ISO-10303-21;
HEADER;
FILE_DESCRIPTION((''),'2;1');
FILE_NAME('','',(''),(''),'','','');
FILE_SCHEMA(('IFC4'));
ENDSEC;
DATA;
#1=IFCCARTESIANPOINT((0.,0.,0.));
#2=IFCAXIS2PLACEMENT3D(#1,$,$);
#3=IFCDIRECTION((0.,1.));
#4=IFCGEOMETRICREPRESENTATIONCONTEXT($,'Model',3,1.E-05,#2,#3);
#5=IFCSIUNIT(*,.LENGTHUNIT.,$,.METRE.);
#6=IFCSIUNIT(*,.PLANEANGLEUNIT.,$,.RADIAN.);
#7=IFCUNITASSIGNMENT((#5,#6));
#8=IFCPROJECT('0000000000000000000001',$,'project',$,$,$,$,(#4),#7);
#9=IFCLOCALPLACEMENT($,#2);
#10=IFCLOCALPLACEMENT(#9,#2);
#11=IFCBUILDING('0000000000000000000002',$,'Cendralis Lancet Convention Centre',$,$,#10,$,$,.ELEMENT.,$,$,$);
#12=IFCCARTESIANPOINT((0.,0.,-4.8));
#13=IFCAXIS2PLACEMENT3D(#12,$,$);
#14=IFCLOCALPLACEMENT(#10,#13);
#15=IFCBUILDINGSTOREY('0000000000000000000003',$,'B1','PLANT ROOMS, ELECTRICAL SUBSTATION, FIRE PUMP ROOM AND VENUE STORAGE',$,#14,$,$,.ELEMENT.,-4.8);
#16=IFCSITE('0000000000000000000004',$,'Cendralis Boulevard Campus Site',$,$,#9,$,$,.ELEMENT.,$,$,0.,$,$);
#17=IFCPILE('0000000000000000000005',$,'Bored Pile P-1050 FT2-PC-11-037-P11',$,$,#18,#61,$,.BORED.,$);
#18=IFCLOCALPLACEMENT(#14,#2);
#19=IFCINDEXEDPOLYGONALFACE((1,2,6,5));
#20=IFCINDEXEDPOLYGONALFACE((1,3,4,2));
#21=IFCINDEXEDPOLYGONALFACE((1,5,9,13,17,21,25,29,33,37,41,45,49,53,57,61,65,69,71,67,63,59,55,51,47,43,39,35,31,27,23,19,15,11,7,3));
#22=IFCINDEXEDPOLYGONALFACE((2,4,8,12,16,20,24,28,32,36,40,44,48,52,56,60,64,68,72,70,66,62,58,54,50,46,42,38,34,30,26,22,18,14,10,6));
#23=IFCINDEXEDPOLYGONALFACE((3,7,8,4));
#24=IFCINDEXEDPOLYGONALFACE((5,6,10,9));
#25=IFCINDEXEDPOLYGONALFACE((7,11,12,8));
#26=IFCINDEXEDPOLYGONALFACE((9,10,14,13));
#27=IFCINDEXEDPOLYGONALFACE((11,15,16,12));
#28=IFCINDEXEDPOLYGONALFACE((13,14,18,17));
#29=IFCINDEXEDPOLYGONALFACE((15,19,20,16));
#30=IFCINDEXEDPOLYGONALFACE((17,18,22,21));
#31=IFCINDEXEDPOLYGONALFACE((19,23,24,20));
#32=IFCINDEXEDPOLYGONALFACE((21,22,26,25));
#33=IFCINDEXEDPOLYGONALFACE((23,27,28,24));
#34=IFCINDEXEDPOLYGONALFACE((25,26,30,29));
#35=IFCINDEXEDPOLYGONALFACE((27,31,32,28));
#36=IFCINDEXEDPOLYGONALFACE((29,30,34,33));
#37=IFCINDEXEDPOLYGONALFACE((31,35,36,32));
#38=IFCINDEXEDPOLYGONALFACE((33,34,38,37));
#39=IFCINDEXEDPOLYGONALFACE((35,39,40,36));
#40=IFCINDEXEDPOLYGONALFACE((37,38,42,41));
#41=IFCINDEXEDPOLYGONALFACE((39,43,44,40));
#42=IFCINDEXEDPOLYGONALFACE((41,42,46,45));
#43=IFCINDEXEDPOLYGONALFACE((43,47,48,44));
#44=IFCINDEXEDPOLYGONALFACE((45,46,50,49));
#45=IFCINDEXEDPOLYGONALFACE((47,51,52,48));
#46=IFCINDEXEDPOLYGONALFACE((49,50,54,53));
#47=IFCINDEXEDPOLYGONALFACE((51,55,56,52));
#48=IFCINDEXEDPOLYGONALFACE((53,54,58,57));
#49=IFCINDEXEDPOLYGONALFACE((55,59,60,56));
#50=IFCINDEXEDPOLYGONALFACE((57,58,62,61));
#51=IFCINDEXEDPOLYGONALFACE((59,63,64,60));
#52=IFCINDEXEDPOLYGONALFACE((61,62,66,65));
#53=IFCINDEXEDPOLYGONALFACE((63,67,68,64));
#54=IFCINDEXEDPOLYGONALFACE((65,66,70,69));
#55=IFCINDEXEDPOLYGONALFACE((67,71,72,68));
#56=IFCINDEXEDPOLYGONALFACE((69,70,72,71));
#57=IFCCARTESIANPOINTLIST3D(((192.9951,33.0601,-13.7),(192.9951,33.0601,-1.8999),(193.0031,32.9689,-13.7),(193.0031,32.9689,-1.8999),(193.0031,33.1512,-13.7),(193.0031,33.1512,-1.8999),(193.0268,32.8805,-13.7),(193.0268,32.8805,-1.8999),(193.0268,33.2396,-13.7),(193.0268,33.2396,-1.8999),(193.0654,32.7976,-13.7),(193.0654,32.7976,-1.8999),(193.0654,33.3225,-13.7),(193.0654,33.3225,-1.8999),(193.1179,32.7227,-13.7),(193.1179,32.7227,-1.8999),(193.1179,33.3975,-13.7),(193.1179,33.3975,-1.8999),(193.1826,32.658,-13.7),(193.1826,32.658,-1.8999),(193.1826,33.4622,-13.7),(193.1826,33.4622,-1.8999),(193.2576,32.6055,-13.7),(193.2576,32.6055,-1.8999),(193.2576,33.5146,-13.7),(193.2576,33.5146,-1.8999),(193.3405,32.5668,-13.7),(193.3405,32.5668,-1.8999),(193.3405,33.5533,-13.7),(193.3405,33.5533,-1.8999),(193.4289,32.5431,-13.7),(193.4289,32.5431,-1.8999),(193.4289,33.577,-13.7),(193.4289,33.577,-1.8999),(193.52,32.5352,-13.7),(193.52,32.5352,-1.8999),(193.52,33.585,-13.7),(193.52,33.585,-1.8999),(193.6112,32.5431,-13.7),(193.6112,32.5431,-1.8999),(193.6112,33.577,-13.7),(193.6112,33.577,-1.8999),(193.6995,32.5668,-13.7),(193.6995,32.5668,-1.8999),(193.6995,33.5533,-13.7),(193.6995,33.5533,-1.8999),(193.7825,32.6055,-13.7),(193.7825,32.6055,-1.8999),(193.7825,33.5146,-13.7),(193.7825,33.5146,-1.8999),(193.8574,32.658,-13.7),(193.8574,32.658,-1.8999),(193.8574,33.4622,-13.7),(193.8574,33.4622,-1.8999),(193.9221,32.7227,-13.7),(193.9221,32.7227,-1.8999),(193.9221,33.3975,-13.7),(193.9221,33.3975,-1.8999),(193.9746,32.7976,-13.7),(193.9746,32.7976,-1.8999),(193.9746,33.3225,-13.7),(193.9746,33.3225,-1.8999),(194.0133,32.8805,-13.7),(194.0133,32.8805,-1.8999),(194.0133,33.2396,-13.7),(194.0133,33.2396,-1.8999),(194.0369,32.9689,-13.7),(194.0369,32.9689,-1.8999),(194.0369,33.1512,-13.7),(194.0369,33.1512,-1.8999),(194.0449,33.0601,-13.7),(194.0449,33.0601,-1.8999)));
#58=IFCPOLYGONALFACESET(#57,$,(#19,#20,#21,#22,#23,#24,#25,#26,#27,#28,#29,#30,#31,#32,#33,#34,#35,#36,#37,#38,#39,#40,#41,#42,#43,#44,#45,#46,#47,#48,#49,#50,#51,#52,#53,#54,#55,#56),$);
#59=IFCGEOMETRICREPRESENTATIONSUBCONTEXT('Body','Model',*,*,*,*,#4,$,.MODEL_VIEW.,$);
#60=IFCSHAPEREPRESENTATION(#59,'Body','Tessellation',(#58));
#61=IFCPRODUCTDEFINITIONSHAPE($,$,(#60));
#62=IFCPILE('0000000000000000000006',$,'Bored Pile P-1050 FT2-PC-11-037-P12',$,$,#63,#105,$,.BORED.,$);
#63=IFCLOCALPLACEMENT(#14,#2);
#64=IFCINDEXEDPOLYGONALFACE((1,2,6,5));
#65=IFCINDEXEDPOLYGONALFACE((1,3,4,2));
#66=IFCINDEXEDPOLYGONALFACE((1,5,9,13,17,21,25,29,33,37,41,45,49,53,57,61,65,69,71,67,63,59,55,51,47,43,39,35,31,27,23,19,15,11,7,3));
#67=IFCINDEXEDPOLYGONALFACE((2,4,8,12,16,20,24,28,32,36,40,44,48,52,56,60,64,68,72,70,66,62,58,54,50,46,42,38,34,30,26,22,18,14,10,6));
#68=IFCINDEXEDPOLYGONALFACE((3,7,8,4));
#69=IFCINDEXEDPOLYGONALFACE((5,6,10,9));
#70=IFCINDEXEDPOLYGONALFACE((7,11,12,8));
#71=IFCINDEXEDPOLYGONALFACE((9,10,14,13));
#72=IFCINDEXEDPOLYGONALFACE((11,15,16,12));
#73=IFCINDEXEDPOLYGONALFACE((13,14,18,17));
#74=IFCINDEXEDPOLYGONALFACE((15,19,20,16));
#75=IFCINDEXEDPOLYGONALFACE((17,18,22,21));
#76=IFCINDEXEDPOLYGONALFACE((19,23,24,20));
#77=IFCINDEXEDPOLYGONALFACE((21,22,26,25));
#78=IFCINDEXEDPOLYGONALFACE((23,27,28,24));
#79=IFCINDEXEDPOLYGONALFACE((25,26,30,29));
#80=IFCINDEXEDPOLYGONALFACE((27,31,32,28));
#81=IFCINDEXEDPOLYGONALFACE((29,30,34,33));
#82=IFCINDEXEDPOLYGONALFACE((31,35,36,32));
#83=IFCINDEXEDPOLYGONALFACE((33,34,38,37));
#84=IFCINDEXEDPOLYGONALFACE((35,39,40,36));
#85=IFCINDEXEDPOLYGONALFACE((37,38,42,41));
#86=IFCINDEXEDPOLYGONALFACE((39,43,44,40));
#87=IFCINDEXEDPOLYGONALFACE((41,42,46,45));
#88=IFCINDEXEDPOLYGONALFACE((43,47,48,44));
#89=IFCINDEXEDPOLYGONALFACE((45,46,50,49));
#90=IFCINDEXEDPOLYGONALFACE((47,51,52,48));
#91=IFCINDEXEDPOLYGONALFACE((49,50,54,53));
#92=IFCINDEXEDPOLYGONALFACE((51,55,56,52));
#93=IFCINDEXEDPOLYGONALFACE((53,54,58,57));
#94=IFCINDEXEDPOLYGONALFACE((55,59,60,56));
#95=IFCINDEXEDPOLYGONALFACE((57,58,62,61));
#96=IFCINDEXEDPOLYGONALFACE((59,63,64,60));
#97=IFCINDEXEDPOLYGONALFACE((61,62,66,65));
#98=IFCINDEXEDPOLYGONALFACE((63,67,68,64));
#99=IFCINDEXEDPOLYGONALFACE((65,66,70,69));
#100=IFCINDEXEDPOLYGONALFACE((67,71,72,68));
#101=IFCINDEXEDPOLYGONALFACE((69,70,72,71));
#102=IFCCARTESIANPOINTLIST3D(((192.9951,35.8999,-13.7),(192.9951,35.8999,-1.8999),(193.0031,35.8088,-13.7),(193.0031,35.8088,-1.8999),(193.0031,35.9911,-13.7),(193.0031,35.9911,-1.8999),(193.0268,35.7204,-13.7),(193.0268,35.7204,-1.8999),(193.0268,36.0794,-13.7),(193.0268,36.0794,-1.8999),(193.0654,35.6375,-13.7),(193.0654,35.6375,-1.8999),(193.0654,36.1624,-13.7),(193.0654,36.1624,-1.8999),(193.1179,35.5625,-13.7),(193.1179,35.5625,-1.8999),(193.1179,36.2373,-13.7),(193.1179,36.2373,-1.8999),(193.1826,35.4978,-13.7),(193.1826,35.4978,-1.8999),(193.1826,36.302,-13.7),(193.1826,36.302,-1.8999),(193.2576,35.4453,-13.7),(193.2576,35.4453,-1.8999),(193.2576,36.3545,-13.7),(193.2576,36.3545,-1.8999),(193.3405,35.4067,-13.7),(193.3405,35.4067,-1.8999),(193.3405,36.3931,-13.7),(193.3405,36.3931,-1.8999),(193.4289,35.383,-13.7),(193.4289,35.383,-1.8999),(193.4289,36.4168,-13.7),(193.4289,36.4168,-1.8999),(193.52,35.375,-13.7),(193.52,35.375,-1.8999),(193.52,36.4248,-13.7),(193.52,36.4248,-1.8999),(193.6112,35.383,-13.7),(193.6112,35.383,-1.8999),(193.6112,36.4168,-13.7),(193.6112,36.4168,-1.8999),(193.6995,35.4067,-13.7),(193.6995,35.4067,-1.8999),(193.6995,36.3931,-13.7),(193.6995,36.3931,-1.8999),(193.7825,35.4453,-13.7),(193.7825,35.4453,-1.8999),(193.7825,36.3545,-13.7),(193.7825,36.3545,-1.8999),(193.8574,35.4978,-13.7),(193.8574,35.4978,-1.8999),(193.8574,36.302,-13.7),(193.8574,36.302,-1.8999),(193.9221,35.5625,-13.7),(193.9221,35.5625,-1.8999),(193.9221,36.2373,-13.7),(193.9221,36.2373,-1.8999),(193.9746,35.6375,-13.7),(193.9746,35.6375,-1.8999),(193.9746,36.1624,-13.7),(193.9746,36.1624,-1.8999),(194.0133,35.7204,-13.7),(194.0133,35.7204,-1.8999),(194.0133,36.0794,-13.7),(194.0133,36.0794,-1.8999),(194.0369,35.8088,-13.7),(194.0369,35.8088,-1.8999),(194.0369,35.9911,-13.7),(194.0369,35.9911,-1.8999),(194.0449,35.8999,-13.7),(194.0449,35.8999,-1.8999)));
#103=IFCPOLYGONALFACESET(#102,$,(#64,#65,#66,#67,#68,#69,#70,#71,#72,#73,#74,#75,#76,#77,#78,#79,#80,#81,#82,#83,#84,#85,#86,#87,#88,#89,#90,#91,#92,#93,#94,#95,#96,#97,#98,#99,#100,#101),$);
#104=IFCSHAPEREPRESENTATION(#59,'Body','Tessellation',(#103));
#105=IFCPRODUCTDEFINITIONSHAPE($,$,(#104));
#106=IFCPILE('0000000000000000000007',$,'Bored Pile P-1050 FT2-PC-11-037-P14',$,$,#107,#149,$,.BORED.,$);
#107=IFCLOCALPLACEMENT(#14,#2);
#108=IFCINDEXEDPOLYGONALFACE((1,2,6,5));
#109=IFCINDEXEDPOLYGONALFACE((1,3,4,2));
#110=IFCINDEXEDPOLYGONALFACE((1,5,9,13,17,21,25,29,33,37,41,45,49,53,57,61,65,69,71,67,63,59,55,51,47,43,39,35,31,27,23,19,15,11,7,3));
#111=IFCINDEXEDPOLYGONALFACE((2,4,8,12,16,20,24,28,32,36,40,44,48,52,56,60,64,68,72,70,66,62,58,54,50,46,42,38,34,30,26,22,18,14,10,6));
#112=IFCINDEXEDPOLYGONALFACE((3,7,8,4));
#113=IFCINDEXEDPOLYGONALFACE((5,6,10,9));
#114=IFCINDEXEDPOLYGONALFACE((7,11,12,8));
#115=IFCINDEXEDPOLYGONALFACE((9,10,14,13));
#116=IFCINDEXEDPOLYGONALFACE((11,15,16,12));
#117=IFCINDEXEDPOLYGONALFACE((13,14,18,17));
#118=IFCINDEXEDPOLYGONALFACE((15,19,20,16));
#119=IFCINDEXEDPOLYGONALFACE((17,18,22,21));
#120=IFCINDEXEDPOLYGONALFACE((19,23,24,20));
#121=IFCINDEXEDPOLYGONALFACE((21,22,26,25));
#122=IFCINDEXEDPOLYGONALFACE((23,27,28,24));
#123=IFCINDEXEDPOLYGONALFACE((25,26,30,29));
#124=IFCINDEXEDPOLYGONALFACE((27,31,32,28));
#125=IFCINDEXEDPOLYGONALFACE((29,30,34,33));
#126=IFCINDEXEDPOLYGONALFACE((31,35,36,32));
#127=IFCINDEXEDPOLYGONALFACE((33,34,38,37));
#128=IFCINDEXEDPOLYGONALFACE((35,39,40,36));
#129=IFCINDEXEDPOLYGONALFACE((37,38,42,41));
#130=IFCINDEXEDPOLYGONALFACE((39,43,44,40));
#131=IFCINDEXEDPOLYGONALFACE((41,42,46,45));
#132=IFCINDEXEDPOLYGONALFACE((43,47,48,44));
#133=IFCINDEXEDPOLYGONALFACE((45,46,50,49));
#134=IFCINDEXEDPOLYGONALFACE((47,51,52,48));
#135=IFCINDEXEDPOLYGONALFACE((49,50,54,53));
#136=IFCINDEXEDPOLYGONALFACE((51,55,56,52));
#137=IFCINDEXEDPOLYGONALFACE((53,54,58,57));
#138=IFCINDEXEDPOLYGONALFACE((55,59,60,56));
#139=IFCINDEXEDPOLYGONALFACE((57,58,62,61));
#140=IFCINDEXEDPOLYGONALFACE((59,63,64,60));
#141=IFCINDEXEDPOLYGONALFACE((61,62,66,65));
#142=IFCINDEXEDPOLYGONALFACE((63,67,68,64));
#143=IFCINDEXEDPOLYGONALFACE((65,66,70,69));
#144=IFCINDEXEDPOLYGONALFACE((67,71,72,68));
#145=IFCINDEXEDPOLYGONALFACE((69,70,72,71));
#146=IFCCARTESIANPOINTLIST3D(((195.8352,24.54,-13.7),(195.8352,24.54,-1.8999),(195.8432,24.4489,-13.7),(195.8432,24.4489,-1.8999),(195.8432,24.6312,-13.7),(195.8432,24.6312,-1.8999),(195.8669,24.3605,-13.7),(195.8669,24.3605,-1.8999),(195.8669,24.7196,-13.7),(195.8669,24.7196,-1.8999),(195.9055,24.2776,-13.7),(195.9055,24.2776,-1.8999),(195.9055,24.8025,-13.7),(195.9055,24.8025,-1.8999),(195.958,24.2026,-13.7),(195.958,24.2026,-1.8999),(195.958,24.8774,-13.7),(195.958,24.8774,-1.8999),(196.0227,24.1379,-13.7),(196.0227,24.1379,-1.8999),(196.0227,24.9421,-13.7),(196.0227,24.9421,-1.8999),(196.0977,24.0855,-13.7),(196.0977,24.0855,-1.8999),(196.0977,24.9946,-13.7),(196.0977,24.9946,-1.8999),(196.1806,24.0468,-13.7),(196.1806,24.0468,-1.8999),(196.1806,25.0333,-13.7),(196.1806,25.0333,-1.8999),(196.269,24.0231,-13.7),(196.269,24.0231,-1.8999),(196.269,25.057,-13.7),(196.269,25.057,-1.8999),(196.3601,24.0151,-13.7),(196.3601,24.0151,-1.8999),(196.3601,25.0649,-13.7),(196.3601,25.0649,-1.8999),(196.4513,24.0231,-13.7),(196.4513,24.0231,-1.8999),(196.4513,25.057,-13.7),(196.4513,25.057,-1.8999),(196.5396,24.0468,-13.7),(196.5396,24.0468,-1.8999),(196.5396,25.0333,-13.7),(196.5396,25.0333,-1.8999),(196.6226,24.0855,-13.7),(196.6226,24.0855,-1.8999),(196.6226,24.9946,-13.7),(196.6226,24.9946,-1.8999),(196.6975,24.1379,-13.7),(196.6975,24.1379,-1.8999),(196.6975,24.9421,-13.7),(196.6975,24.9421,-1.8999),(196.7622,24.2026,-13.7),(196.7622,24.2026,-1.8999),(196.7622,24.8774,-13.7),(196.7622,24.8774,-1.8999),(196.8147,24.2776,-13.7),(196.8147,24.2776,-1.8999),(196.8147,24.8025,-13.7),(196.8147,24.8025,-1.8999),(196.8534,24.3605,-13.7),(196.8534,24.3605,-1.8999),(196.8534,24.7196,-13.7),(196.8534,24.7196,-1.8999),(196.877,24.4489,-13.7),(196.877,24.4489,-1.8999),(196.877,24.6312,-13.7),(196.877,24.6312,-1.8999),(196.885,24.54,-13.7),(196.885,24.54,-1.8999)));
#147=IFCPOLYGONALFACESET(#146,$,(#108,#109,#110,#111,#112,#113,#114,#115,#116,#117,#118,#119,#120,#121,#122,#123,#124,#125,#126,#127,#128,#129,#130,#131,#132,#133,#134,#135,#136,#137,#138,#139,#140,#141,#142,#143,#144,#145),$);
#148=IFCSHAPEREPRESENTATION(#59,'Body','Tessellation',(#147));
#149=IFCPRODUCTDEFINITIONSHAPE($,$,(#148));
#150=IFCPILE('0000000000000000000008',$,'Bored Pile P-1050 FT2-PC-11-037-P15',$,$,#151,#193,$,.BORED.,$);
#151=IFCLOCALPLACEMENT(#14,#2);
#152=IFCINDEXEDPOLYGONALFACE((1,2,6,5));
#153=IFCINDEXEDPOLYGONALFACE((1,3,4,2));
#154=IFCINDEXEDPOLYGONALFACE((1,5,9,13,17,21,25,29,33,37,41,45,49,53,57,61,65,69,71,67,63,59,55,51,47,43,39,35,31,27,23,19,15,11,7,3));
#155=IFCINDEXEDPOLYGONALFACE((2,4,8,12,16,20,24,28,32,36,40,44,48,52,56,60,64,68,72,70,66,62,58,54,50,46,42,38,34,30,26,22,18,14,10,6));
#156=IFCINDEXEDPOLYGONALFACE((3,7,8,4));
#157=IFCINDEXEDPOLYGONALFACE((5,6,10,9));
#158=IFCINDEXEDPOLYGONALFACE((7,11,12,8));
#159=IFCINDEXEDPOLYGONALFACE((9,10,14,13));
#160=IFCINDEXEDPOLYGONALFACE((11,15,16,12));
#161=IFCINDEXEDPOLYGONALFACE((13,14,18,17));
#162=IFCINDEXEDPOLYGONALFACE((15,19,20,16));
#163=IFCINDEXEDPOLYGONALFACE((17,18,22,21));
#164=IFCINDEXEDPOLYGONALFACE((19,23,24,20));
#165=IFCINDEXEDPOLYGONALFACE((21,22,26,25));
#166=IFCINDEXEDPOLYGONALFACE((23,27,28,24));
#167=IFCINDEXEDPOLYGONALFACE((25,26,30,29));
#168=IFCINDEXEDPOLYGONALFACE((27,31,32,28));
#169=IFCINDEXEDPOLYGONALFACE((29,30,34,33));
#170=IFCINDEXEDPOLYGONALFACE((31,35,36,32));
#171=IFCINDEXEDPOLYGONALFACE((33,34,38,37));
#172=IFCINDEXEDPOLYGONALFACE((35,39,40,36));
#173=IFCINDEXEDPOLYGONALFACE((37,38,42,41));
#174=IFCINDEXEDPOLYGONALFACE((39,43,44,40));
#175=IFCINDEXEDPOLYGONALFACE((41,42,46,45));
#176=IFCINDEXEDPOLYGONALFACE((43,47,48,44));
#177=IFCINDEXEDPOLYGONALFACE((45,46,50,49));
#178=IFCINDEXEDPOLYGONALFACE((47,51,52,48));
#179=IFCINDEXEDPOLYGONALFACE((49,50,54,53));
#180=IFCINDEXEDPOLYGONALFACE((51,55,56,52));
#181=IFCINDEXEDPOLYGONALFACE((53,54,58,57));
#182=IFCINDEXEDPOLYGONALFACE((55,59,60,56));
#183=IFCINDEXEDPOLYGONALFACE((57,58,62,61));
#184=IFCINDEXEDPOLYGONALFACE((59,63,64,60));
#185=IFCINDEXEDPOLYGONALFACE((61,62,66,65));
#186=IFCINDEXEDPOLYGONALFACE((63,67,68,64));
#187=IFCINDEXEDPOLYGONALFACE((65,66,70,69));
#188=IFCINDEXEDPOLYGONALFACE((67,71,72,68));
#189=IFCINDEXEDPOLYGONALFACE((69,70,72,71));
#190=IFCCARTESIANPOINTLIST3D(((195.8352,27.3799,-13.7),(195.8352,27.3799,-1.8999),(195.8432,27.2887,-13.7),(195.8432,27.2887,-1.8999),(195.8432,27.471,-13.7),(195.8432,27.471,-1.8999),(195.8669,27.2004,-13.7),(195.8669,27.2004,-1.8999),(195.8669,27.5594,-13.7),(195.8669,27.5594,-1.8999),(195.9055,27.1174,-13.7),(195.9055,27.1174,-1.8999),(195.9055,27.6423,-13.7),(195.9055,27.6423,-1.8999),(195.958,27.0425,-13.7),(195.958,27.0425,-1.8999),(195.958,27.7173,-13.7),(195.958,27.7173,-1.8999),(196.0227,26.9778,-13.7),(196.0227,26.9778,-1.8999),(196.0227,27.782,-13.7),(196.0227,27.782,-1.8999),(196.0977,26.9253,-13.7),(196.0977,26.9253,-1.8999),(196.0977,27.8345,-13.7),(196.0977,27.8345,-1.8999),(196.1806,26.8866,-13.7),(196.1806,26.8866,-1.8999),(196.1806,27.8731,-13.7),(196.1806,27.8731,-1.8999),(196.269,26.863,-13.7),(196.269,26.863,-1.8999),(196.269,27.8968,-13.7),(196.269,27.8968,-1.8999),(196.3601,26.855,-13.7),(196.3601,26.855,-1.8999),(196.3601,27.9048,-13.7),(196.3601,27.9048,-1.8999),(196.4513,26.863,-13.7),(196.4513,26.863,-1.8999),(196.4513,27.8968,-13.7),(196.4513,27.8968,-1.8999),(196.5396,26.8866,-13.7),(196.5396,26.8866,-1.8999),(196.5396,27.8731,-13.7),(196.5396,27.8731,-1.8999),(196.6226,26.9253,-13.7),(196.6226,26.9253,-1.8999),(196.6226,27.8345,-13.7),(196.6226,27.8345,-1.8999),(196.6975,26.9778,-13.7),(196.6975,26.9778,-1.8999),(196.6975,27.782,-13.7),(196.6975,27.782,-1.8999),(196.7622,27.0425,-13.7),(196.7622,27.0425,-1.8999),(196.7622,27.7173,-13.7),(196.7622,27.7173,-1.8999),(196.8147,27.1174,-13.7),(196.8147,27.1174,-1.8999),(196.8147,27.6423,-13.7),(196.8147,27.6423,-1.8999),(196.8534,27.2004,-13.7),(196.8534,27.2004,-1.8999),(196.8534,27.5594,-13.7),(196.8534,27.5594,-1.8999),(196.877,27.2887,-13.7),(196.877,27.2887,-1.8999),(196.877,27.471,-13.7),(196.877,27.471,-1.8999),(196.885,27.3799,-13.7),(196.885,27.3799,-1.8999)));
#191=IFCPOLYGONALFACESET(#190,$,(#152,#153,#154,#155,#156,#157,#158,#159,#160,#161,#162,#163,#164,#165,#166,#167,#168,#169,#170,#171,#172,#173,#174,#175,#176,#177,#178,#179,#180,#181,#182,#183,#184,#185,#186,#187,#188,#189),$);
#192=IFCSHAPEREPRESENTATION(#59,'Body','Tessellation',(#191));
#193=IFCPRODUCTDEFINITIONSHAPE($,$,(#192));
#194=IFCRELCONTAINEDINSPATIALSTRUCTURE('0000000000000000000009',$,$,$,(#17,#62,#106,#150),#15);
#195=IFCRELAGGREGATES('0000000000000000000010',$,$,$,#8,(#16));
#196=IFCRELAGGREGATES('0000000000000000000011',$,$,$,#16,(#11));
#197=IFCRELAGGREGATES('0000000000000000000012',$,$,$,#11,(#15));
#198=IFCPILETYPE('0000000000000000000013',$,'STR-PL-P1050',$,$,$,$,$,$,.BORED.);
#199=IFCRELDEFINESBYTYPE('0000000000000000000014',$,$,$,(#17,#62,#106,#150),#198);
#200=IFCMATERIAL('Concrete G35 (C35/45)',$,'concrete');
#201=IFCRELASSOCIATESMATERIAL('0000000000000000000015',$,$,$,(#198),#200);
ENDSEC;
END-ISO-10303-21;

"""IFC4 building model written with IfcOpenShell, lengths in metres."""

from ifc_helpers import new_model, si_unit, direction, frame, origin, origin_2d, place, context, subcontext, project, spatial, circle, extrude, material, material_profile, profile_set, type_object, element, save


model = new_model("IFC4")

# Units and contexts
model_context = context("Model", 3, precision=1e-05, world=origin(), true_north=direction((0.0, 1.0)))
body_context = subcontext(model_context, "Body", "Model", "MODEL_VIEW")
ifc_project = project(units=[si_unit("LENGTHUNIT", "METRE"), si_unit("PLANEANGLEUNIT", "RADIAN")], contexts=[model_context])

# Site, building, storey
site_placement = place(None, origin())
site = spatial("IfcSite", under=ifc_project, at=site_placement, Name="Cendralis Boulevard Campus Site", CompositionType="ELEMENT", RefElevation=0.0)
building_placement = place(site_placement, origin())
building = spatial("IfcBuilding", under=site, at=building_placement, Name="Cendralis Lancet Convention Centre", CompositionType="ELEMENT")
storey_placement = place(building_placement, frame((0.0, 0.0, -4.8)))
storey = spatial("IfcBuildingStorey", under=building, at=storey_placement, Name="B1", Description="PLANT ROOMS, ELECTRICAL SUBSTATION, FIRE PUMP ROOM AND VENUE STORAGE", CompositionType="ELEMENT", Elevation=-4.8)

# Shared definitions
ifc_material_1 = material(Name="Concrete G35 (C35/45)", Category="concrete")

# Piles
ifc_material_profile_1 = material_profile(ifc_material_1, circle(Radius=0.5249, at=origin_2d()), Name="BORED PILE D1050")
ifc_profile_set_1 = profile_set([ifc_material_profile_1], Name="Concrete G35 (C35/45)")
pile_type = type_object("IfcPileType", Name="STR-PL-P1050", PredefinedType="BORED", material=ifc_profile_set_1)
for number, where, z_axis, x_axis, name in (
    (1, (193.52, 33.0601, -1.8999), (0.0, 0.0, -1.0), (1.0, 0.0, 0.0), "Bored Pile P-1050 FT2-PC-11-037-P11"),
    (2, (193.52, 35.8999, -1.8999), (0.0, 0.0, -1.0), (1.0, 0.0, 0.0), "Bored Pile P-1050 FT2-PC-11-037-P12"),
    (3, (196.3601, 24.54, -1.8999), (0.0, 0.0, -1.0), (1.0, 0.0, 0.0), "Bored Pile P-1050 FT2-PC-11-037-P14"),
    (4, (196.3601, 27.3799, -1.8999), (0.0, 0.0, -1.0), (1.0, 0.0, 0.0), "Bored Pile P-1050 FT2-PC-11-037-P15"),
):
    element("IfcPile", number, at=place(storey_placement, frame(where, z_axis=z_axis, x_axis=x_axis)), inside=storey, type_object=pile_type, Name=name, PredefinedType="BORED", context=body_context, shape_type="SweptSolid", body=[
        extrude(circle(Radius=0.5249, at=origin_2d()), origin(), (0.0, 0.0, 1.0), 11.8),
    ])

save(model, "model.ifc")
